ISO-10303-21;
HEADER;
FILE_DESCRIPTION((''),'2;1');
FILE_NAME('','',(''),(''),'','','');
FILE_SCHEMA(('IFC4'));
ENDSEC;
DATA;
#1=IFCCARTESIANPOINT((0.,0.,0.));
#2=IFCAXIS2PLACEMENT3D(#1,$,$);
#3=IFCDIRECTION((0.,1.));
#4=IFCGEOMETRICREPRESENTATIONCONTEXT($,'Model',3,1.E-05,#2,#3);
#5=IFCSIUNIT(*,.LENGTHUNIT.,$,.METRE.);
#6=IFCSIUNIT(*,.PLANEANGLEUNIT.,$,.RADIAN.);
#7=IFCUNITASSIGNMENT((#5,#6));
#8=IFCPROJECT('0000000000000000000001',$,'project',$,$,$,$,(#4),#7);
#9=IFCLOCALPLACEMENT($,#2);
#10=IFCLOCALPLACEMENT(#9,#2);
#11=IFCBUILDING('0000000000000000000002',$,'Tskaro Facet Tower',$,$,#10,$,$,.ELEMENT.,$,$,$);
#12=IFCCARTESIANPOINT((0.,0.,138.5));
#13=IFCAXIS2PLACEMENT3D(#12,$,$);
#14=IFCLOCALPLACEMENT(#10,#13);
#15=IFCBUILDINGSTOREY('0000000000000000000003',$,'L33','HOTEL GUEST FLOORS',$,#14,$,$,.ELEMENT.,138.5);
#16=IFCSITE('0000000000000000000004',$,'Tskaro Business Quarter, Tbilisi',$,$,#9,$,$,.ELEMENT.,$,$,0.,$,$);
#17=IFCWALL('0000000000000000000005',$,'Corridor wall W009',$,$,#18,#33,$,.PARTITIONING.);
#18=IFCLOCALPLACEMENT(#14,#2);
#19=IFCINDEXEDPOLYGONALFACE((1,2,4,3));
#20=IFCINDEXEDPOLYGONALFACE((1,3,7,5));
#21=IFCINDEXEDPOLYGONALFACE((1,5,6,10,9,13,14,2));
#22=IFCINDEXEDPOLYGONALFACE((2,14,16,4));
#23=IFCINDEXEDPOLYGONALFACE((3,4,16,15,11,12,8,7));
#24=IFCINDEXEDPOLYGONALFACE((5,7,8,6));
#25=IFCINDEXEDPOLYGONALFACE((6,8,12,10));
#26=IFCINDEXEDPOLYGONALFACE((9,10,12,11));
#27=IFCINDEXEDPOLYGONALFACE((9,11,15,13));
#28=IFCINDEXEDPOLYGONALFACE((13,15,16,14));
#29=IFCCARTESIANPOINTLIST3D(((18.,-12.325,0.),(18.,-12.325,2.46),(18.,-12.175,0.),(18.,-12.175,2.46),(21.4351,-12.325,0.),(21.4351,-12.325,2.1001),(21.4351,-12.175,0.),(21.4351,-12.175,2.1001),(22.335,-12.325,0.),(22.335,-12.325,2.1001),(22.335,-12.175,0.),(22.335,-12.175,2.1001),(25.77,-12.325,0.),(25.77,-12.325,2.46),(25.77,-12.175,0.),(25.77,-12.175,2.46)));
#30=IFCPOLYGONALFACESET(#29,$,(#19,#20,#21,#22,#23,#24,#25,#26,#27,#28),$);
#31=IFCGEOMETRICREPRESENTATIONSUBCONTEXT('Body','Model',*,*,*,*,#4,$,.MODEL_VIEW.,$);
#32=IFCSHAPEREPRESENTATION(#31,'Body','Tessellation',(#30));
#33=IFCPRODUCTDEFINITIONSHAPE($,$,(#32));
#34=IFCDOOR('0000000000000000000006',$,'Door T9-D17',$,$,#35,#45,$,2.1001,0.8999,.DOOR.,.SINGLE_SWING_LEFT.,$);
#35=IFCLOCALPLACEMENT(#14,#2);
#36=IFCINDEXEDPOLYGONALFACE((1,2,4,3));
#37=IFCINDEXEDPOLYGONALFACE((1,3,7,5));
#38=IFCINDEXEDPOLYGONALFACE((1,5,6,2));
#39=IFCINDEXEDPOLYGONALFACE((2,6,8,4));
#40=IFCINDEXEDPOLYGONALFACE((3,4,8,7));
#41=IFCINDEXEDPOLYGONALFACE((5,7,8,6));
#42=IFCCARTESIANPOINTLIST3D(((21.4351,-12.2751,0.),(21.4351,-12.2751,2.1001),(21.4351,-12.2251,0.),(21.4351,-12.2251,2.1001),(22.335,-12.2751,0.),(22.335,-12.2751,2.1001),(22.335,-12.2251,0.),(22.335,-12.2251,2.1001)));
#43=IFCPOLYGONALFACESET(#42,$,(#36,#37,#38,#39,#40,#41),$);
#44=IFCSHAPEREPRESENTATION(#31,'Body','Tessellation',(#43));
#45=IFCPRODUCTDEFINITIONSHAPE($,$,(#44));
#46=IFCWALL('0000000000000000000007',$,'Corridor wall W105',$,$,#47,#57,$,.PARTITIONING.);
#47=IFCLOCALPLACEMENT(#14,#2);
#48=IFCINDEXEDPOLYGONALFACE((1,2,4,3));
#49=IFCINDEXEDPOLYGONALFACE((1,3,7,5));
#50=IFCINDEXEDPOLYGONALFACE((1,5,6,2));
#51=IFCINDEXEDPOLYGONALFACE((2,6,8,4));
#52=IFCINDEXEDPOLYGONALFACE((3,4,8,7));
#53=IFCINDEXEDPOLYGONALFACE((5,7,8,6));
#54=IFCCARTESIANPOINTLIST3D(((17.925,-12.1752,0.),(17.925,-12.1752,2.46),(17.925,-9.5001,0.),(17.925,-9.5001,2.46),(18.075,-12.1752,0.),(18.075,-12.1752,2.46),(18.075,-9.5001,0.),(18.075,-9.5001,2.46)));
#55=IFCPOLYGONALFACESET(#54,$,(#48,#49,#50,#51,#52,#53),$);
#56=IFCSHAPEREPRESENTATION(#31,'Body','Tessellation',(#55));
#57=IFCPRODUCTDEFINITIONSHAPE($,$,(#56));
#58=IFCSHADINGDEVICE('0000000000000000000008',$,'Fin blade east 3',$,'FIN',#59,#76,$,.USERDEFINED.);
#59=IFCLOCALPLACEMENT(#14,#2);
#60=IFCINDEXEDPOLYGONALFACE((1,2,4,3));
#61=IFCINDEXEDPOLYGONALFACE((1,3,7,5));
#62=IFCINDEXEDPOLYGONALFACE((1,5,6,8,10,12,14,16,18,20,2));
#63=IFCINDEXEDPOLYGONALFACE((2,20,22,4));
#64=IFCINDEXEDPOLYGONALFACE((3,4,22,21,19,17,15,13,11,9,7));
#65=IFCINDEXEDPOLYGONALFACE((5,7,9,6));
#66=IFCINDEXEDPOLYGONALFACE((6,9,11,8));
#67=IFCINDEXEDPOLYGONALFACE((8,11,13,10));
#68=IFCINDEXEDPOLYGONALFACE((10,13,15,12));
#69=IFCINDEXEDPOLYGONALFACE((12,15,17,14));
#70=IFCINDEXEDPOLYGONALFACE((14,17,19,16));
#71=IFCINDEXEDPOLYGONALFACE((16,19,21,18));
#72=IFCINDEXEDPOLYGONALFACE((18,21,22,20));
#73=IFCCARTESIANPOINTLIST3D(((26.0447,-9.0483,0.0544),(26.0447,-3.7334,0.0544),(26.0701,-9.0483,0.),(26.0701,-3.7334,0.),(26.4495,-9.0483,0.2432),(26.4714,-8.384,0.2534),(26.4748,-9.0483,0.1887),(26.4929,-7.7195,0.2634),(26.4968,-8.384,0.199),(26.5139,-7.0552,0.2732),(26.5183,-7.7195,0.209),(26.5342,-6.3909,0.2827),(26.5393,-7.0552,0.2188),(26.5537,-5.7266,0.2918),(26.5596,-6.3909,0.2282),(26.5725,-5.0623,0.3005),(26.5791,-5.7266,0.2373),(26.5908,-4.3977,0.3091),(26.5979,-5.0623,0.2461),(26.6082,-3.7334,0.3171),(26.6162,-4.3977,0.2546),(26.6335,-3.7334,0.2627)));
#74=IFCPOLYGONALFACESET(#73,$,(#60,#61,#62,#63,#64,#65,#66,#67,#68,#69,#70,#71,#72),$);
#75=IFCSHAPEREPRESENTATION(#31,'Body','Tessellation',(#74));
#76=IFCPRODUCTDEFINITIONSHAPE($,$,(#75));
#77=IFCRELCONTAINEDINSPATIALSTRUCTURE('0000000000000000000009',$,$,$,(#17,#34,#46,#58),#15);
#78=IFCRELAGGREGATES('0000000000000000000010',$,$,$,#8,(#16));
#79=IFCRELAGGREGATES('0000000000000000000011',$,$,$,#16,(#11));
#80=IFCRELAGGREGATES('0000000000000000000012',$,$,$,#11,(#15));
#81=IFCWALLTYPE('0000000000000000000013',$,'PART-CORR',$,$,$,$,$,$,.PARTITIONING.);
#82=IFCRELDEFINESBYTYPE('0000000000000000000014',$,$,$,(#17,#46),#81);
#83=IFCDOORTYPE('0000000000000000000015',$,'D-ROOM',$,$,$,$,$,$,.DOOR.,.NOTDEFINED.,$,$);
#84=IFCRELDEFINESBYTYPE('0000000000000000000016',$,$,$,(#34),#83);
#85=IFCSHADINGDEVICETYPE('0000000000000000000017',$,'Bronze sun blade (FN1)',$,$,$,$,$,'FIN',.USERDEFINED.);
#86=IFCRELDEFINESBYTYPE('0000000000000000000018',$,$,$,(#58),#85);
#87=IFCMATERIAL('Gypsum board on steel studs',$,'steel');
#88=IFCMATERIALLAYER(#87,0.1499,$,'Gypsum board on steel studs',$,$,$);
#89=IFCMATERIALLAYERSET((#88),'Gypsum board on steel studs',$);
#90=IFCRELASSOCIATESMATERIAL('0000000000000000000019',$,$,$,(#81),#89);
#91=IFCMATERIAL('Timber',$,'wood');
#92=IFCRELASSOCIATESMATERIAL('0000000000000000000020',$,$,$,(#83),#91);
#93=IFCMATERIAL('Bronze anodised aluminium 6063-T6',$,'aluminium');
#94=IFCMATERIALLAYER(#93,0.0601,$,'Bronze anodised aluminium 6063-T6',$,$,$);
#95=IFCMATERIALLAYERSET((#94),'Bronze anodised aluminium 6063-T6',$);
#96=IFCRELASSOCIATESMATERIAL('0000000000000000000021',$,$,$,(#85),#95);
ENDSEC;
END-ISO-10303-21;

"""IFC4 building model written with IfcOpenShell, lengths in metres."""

from ifc_helpers import new_model, si_unit, direction, frame, frame_2d, origin, place, context, subcontext, project, spatial, polyline, rectangle, outline, extrude, material, layer, layer_set, type_object, element, fill, save


model = new_model("IFC4")

# Units and contexts
model_context = context("Model", 3, precision=1e-05, world=origin(), true_north=direction((0.0, 1.0)))
body_context = subcontext(model_context, "Body", "Model", "MODEL_VIEW")
ifc_project = project(units=[si_unit("LENGTHUNIT", "METRE"), si_unit("PLANEANGLEUNIT", "RADIAN")], contexts=[model_context])

# Site, building, storey
site_placement = place(None, origin())
site = spatial("IfcSite", under=ifc_project, at=site_placement, Name="Tskaro Business Quarter, Tbilisi", CompositionType="ELEMENT", RefElevation=0.0)
building_placement = place(site_placement, origin())
building = spatial("IfcBuilding", under=site, at=building_placement, Name="Tskaro Facet Tower", CompositionType="ELEMENT")
storey_placement = place(building_placement, frame((0.0, 0.0, 138.5)))
storey = spatial("IfcBuildingStorey", under=building, at=storey_placement, Name="L33", Description="HOTEL GUEST FLOORS", CompositionType="ELEMENT", Elevation=138.5)

# Shared definitions
ifc_material_1 = material(Name="Bronze anodised aluminium 6063-T6", Category="aluminium")

# Shared definitions
ifc_material_2 = material(Name="Gypsum board on steel studs", Category="steel")
ifc_layer_1 = layer(ifc_material_2, 0.1499, Name="Gypsum board on steel studs")
ifc_layer_set_1 = layer_set([ifc_layer_1], Name="Gypsum board on steel studs")
wall_type = type_object("IfcWallType", Name="PART-CORR", PredefinedType="PARTITIONING", material=ifc_layer_set_1)
ifc_material_3 = material(Name="Timber", Category="wood")

# Wall, opening, door
wall_1_placement = place(storey_placement, frame((18.0, -12.25, 0.0), z_axis=(0.0, 0.0, 1.0), x_axis=(1.0, 0.0, 0.0)))
wall_1 = element("IfcWall", 1, at=wall_1_placement, inside=storey, type_object=wall_type, Name="Corridor wall W009", PredefinedType="PARTITIONING", context=body_context, shape_type="SweptSolid", body=[
    extrude(rectangle(XDim=7.77, YDim=0.1499, at=frame_2d((3.885, 0.0))), origin(), (0.0, 0.0, 1.0), 2.46),
])
opening_1_placement = place(wall_1_placement, frame((3.4351, 0.0, 0.0)))
opening_1 = element("IfcOpeningElement", 2, at=opening_1_placement, cuts=wall_1, PredefinedType="OPENING", context=body_context, shape_type="SweptSolid", body=[
    extrude(rectangle(XDim=0.8999, YDim=2.1001, at=frame_2d((0.45, 1.05))), frame((0.0, 0.085, 0.0), z_axis=(0.0, -1.0, 0.0), x_axis=(1.0, 0.0, 0.0)), (0.0, 0.0, 1.0), 0.1699),
])
door_type_1 = type_object("IfcDoorType", Name="D-ROOM", OperationType="NOTDEFINED", PredefinedType="DOOR", material=ifc_material_3)
door_1_placement = place(opening_1_placement, origin())
door_1 = element("IfcDoor", 3, at=door_1_placement, inside=storey, type_object=door_type_1, Name="Door T9-D17", OperationType="SINGLE_SWING_LEFT", OverallHeight=2.1001, OverallWidth=0.8999, PredefinedType="DOOR", context=body_context, shape_type="SweptSolid", body=[
    extrude(rectangle(XDim=0.8999, YDim=2.1001, at=frame_2d((0.45, 1.05))), frame((0.0, 0.0249, 0.0), z_axis=(0.0, -1.0, 0.0), x_axis=(1.0, 0.0, 0.0)), (0.0, 0.0, 1.0), 0.05),
])
fill(opening_1, door_1)

# Wall
wall_2_placement = place(storey_placement, frame((18.0, -12.175, 0.0), z_axis=(0.0, 0.0, 1.0), x_axis=(0.0, 1.0, 0.0)))
element("IfcWall", 4, at=wall_2_placement, inside=storey, type_object=wall_type, Name="Corridor wall W105", PredefinedType="PARTITIONING", context=body_context, shape_type="SweptSolid", body=[
    extrude(rectangle(XDim=2.675, YDim=0.1499, at=frame_2d((1.3374, 0.0))), origin(), (0.0, 0.0, 1.0), 2.46),
])

# Shading device
ifc_layer_2 = layer(ifc_material_1, 0.0601, Name="Bronze anodised aluminium 6063-T6")
ifc_layer_set_2 = layer_set([ifc_layer_2], Name="Bronze anodised aluminium 6063-T6")
shading_device_type = type_object("IfcShadingDeviceType", Name="Bronze sun blade (FN1)", ElementType="FIN", PredefinedType="USERDEFINED", material=ifc_layer_set_2)
shading_device_placement = place(storey_placement, frame((26.0447, -9.0483, 0.0544), z_axis=(-0.422564, 0.000001, 0.906333), x_axis=(0.000001, 1.0, -0.000001)))
element("IfcShadingDevice", 5, at=shading_device_placement, inside=storey, type_object=shading_device_type, Name="Fin blade east 3", ObjectType="FIN", PredefinedType="USERDEFINED", context=body_context, shape_type="SweptSolid", body=[
    extrude(outline(polyline([(0.0, 0.0), (5.3149, 0.0), (5.3149, -0.6217), (4.6506, -0.6026), (3.9861, -0.5824), (3.3218, -0.5616), (2.6575, -0.5401), (1.9932, -0.5177), (1.3289, -0.4946), (0.6643, -0.4709), (0.0, -0.4466), (0.0, 0.0)])), origin(), (0.0, 0.0, -1.0), 0.0601),
])

save(model, "model.ifc")
